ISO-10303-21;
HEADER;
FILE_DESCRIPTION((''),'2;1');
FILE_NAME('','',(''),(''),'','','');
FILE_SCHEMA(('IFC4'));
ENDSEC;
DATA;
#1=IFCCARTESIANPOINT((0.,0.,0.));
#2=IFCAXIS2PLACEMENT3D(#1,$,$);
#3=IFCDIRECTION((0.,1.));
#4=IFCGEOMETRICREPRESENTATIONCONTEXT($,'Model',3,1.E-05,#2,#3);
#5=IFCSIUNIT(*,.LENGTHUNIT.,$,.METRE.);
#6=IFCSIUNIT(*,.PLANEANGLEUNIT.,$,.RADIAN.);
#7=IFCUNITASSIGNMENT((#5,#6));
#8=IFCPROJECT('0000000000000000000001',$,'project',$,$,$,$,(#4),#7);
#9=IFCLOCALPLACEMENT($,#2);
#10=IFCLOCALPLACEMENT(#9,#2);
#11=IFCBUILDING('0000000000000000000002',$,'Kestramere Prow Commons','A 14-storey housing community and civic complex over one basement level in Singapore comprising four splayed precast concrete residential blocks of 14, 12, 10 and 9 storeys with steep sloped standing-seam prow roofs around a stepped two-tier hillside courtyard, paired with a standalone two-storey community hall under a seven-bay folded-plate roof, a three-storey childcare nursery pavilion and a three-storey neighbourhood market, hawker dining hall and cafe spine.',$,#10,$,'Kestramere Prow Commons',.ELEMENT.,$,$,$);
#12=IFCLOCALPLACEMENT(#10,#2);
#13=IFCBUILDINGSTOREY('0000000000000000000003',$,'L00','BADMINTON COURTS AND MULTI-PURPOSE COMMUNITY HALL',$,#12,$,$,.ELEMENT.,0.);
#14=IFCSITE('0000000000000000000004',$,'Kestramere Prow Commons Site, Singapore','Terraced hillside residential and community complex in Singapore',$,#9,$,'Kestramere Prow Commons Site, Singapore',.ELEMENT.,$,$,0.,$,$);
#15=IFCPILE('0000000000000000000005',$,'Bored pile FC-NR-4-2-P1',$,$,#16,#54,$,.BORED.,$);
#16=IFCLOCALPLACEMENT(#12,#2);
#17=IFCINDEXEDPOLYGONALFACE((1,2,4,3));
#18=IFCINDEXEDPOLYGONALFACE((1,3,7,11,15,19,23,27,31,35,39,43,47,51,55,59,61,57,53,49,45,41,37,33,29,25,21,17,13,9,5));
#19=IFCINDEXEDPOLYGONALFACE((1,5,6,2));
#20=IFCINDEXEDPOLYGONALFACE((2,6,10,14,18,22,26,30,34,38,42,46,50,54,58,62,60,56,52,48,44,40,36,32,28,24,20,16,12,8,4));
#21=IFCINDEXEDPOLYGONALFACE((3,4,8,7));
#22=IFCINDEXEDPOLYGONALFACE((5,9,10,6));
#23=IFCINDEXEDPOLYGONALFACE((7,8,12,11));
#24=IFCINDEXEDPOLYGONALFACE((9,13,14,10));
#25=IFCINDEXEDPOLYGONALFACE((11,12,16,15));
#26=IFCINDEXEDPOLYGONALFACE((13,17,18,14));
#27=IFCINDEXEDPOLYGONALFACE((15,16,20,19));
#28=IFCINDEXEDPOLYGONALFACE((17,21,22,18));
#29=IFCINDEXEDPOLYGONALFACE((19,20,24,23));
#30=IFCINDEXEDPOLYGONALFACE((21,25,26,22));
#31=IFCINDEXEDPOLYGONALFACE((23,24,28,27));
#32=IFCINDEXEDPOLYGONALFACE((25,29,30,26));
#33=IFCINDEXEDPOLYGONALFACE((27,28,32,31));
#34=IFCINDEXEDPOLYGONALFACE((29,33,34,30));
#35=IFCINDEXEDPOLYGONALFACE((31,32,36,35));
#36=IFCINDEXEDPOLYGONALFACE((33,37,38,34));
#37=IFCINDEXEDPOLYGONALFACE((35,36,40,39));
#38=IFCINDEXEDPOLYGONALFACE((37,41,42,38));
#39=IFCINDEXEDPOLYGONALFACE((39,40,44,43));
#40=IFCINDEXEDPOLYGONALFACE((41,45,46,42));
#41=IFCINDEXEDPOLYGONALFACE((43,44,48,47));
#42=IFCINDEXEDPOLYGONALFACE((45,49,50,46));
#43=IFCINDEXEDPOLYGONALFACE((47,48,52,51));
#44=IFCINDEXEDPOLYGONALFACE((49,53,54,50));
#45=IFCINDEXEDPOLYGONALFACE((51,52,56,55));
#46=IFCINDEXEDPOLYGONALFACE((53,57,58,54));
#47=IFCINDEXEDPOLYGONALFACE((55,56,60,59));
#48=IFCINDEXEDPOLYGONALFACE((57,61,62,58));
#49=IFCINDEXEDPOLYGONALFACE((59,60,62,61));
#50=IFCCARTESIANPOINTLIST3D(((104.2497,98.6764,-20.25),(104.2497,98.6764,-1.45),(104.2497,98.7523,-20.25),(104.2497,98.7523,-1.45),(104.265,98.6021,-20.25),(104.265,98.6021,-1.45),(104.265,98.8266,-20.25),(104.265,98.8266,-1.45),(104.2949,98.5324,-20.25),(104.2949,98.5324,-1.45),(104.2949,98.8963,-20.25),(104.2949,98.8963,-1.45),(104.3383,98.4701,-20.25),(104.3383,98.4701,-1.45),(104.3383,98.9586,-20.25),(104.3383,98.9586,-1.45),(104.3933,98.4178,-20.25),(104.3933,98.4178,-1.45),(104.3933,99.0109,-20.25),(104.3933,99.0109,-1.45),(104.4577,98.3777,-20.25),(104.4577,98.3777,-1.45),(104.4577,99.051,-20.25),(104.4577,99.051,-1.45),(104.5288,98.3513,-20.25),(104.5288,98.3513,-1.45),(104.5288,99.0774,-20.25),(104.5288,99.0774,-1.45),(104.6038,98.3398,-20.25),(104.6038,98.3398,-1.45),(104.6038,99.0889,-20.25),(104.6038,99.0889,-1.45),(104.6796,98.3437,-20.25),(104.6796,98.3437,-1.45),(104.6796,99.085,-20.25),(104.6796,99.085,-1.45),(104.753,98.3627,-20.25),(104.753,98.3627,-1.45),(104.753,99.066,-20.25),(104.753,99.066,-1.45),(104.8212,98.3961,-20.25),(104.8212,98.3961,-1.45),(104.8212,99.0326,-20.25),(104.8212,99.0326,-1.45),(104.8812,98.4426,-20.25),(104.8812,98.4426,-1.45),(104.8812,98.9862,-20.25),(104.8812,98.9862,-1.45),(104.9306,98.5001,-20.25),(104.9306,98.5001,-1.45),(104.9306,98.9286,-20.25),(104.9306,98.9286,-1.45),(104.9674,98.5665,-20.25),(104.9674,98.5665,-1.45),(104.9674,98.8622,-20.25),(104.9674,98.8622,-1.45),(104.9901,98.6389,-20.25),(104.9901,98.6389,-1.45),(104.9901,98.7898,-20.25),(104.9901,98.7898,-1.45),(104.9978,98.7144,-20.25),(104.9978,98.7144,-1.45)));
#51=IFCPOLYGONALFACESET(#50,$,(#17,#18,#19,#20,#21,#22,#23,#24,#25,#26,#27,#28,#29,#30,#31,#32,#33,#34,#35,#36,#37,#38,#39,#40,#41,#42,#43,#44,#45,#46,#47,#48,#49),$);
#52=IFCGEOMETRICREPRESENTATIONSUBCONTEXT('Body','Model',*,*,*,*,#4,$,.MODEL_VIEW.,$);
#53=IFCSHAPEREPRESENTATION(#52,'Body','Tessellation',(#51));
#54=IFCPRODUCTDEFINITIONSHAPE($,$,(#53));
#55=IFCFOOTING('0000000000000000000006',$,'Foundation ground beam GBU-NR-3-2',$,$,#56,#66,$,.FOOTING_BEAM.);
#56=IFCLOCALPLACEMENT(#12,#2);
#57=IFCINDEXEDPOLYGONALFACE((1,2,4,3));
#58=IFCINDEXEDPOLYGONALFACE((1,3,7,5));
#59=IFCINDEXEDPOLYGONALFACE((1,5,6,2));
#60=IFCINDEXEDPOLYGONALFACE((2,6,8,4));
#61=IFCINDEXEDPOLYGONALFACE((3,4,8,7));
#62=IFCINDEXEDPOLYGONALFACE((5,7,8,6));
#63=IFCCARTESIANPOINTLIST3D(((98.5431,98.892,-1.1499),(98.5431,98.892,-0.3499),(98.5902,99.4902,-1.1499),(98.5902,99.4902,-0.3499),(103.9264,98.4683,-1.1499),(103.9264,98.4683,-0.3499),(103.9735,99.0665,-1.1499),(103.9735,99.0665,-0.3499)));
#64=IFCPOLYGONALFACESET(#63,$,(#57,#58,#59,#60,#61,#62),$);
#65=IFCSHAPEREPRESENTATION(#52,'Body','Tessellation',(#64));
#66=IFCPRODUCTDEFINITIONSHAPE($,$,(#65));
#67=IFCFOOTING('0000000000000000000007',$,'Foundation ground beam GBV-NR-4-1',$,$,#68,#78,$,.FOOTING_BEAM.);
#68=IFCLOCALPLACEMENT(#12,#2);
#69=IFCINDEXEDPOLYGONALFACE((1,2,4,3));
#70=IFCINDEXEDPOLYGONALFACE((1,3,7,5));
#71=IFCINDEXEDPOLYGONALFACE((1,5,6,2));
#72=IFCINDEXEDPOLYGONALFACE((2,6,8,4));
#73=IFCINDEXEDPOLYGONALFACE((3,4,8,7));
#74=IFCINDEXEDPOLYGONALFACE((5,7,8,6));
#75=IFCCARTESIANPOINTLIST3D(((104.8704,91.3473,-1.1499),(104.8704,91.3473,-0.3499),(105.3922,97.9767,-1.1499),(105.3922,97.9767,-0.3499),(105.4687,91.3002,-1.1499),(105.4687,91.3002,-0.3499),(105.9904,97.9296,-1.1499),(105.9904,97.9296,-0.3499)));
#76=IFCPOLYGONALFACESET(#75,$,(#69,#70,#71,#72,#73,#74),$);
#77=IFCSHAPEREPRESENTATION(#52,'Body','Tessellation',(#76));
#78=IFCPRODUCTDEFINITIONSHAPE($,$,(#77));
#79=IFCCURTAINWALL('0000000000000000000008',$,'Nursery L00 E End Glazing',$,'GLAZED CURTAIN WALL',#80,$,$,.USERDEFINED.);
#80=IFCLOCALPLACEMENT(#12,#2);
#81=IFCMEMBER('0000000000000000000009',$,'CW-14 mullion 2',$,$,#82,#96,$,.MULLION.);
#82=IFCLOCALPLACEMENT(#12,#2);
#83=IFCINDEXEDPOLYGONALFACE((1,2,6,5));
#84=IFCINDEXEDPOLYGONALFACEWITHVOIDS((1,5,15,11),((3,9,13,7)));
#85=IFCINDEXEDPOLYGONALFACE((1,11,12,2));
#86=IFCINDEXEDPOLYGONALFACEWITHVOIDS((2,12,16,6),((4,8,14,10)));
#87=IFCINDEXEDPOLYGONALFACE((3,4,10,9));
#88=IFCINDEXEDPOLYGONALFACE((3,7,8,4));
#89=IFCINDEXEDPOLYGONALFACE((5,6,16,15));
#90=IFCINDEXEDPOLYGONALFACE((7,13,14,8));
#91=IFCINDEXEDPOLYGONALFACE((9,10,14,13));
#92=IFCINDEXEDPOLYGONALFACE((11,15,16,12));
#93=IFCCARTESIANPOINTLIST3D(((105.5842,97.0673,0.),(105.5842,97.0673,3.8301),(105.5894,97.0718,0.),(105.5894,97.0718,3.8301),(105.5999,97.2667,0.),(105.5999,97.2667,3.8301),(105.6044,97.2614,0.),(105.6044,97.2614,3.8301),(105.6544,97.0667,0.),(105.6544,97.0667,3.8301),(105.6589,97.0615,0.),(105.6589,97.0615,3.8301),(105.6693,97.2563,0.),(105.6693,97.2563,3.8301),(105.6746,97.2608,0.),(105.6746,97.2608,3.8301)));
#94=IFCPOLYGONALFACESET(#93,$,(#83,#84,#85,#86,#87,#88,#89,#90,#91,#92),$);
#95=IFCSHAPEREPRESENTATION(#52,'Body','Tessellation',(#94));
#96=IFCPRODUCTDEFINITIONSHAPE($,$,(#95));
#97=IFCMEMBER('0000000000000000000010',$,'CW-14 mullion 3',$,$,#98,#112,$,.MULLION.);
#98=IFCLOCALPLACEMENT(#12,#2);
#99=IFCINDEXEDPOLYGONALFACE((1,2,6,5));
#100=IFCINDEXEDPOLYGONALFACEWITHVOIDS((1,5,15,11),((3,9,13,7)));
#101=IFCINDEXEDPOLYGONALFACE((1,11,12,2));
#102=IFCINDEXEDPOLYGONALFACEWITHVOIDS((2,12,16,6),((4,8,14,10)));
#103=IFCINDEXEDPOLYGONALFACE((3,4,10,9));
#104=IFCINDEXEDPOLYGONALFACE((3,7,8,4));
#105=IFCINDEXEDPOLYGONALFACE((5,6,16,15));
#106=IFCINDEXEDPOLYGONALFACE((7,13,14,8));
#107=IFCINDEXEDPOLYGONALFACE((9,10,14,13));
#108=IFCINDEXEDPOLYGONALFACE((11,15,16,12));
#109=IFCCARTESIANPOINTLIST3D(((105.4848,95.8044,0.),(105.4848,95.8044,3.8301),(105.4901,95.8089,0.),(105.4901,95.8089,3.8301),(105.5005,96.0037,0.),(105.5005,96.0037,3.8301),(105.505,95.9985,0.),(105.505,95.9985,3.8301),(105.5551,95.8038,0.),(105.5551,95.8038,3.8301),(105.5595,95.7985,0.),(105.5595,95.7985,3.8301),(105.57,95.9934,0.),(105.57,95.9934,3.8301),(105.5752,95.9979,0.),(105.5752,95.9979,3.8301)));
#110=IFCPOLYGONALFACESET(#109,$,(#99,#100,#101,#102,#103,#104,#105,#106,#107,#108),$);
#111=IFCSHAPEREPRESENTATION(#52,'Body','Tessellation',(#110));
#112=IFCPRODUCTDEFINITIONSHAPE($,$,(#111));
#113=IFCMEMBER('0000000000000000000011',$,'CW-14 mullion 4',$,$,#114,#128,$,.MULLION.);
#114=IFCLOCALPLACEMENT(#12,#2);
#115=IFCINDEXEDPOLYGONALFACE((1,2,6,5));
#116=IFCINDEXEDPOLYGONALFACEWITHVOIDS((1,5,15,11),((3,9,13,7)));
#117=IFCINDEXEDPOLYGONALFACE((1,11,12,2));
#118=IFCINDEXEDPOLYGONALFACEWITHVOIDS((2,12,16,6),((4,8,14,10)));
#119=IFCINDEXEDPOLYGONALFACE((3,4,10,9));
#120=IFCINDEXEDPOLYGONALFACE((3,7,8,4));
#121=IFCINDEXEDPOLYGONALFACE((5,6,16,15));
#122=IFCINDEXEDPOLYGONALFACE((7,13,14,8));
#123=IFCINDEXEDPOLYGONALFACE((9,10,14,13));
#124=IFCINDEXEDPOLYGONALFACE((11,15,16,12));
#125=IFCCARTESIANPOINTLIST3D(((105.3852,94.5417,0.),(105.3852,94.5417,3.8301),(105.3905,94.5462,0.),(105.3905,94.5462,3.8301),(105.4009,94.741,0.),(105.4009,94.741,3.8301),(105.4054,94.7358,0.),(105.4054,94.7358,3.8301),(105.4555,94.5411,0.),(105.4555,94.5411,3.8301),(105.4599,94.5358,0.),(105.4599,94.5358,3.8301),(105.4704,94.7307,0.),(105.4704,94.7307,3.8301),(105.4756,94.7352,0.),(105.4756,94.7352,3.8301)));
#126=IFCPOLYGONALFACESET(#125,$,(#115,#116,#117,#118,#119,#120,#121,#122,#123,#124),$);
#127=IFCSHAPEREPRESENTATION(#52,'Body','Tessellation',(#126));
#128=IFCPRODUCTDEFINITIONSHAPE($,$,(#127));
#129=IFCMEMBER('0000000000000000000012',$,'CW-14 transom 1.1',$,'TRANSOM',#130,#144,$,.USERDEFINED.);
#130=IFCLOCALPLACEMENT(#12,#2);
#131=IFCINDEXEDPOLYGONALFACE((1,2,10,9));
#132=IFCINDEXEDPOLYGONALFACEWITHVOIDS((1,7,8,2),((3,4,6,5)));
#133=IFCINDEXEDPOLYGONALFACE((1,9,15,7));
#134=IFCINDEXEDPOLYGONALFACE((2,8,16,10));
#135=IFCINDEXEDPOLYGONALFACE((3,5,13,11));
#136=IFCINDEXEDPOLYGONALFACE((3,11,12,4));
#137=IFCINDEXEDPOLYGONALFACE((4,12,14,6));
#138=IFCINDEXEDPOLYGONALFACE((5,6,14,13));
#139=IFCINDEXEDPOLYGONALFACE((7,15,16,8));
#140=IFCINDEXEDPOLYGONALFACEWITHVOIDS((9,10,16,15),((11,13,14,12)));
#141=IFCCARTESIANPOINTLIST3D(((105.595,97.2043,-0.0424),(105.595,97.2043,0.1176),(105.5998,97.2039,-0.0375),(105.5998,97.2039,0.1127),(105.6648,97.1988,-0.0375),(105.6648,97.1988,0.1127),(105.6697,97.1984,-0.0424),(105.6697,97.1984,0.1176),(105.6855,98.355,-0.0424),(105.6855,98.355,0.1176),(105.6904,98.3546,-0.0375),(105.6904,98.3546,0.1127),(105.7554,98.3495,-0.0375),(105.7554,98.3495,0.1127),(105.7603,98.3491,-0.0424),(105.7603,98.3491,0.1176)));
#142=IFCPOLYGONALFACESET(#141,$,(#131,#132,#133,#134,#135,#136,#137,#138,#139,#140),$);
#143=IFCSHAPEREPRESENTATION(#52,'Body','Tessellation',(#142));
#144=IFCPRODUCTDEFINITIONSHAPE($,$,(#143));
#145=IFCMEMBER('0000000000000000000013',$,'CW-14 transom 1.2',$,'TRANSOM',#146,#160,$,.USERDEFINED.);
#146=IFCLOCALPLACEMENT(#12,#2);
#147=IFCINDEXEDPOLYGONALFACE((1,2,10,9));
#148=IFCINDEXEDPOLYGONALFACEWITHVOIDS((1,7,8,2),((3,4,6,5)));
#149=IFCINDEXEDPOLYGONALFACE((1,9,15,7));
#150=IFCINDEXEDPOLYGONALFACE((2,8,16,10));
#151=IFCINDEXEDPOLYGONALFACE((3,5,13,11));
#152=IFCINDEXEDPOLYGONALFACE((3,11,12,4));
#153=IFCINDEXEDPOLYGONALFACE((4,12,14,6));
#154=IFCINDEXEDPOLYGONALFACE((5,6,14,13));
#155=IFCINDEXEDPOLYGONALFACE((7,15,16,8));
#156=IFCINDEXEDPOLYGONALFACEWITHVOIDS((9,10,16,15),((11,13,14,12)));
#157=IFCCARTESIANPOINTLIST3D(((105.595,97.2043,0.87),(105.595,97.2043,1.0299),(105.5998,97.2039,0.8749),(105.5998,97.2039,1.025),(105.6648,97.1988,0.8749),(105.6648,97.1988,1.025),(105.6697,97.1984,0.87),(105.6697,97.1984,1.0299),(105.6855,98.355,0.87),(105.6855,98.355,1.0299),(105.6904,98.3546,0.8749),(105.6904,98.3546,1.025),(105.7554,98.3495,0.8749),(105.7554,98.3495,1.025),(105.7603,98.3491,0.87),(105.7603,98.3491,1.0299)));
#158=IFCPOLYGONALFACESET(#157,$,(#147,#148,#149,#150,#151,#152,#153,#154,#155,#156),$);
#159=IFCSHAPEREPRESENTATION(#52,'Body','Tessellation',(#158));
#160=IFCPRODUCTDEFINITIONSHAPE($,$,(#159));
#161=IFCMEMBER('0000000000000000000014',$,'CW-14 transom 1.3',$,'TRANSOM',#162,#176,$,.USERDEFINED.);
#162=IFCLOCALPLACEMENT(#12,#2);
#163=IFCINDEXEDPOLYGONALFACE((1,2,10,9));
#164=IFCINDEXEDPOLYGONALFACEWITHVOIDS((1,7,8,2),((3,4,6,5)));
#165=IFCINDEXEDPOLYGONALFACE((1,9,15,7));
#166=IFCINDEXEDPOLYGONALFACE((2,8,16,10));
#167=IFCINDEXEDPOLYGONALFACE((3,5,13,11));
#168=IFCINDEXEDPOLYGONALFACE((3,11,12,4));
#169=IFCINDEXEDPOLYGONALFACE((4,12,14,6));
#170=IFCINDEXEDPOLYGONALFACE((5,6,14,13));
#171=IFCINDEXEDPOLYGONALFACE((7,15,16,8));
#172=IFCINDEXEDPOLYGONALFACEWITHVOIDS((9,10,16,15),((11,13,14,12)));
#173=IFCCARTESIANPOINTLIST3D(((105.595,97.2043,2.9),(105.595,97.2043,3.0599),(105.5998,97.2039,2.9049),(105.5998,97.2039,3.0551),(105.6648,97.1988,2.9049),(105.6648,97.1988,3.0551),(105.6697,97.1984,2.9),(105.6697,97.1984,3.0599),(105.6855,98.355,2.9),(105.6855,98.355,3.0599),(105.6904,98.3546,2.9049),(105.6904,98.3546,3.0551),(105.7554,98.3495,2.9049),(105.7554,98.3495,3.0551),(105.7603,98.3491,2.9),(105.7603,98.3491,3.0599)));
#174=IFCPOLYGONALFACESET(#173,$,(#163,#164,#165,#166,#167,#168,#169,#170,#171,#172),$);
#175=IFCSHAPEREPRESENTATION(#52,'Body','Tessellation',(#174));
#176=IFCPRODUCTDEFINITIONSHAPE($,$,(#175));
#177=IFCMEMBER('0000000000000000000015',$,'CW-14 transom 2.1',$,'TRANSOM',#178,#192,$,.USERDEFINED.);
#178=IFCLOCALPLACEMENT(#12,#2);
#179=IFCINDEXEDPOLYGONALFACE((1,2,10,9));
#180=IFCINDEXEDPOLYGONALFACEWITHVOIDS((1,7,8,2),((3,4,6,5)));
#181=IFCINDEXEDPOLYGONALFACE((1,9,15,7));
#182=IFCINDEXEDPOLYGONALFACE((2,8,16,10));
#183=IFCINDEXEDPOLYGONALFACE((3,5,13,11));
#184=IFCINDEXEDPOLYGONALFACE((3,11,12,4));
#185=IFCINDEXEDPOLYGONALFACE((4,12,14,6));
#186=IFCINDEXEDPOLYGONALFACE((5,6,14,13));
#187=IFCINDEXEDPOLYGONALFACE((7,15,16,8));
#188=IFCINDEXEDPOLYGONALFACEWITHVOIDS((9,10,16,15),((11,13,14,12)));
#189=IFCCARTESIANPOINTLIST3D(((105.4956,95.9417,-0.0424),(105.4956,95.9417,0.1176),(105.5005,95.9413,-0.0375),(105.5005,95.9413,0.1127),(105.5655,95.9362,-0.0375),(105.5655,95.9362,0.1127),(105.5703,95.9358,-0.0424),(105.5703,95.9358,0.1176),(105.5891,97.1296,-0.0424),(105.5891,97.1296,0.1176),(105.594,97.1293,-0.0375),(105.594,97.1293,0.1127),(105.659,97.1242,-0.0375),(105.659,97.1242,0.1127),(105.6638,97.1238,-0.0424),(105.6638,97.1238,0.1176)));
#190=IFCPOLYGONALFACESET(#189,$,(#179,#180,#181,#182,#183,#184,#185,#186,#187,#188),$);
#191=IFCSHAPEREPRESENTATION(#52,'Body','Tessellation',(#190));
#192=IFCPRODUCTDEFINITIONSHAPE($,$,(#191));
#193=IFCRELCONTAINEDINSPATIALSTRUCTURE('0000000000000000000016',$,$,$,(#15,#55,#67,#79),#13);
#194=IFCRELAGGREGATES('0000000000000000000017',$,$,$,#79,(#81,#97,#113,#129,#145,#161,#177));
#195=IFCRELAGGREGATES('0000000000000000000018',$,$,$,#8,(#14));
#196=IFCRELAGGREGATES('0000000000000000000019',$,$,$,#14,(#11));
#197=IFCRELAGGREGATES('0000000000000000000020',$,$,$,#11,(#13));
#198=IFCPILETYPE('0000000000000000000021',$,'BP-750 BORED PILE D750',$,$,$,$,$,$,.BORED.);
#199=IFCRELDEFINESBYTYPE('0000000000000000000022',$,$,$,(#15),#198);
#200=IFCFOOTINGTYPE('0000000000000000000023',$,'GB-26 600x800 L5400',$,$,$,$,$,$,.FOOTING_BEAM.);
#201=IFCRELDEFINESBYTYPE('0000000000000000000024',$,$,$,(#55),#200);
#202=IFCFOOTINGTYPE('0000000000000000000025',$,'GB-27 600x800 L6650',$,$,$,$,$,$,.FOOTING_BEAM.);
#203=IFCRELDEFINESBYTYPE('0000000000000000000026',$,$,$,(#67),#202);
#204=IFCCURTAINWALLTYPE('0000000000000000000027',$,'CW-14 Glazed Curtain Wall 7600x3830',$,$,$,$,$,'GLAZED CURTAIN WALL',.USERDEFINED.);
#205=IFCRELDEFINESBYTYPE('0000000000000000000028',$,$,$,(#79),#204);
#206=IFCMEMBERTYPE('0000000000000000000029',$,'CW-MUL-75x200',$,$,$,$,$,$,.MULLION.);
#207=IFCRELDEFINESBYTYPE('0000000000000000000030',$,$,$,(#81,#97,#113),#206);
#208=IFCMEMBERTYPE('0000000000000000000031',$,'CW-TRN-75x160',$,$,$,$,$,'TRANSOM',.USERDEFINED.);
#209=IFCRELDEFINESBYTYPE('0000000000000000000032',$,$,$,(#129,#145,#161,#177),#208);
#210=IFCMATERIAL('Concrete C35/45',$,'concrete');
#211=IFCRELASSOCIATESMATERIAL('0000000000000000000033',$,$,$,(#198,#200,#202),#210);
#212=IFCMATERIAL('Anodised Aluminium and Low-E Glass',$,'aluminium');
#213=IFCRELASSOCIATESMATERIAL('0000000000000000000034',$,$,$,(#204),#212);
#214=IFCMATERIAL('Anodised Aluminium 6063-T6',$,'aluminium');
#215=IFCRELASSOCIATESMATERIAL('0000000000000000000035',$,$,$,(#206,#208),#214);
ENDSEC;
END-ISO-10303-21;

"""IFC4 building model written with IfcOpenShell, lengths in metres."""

from ifc_helpers import new_model, si_unit, direction, frame, origin, origin_2d, place, context, subcontext, project, spatial, rectangle, hollow_rectangle, circle, extrude, material, material_profile, profile_set, type_object, element, aggregate, save


model = new_model("IFC4")

# Units and contexts
model_context = context("Model", 3, precision=1e-05, world=origin(), true_north=direction((0.0, 1.0)))
body_context = subcontext(model_context, "Body", "Model", "MODEL_VIEW")
ifc_project = project(units=[si_unit("LENGTHUNIT", "METRE"), si_unit("PLANEANGLEUNIT", "RADIAN")], contexts=[model_context])

# Site, building, storey
site_placement = place(None, origin())
site = spatial("IfcSite", under=ifc_project, at=site_placement, Name="Kestramere Prow Commons Site, Singapore", Description="Terraced hillside residential and community complex in Singapore", LongName="Kestramere Prow Commons Site, Singapore", CompositionType="ELEMENT", RefElevation=0.0)
building_placement = place(site_placement, origin())
building = spatial("IfcBuilding", under=site, at=building_placement, Name="Kestramere Prow Commons", Description="A 14-storey housing community and civic complex over one basement level in Singapore comprising four splayed precast concrete residential blocks of 14, 12, 10 and 9 storeys with steep sloped standing-seam prow roofs around a stepped two-tier hillside courtyard, paired with a standalone two-storey community hall under a seven-bay folded-plate roof, a three-storey childcare nursery pavilion and a three-storey neighbourhood market, hawker dining hall and cafe spine.", LongName="Kestramere Prow Commons", CompositionType="ELEMENT")
storey_placement = place(building_placement, origin())
storey = spatial("IfcBuildingStorey", under=building, at=storey_placement, Name="L00", Description="BADMINTON COURTS AND MULTI-PURPOSE COMMUNITY HALL", CompositionType="ELEMENT", Elevation=0.0)

# Pile
ifc_material_1 = material(Name="Concrete C35/45", Category="concrete")
ifc_material_profile_1 = material_profile(ifc_material_1, circle(Radius=0.375, at=origin_2d()), Name="BORED PILE D750")
ifc_profile_set_1 = profile_set([ifc_material_profile_1], Name="Concrete C35/45")
pile_type = type_object("IfcPileType", Name="BP-750 BORED PILE D750", PredefinedType="BORED", material=ifc_profile_set_1)
pile_placement = place(storey_placement, frame((104.6228, 98.7144, -1.45), z_axis=(0.0, 0.0, -1.0), x_axis=(1.0, 0.0, 0.0)))
element("IfcPile", 1, at=pile_placement, inside=storey, type_object=pile_type, Name="Bored pile FC-NR-4-2-P1", PredefinedType="BORED", context=body_context, shape_type="SweptSolid", body=[
    extrude(circle(Radius=0.375, at=origin_2d()), origin(), (0.0, 0.0, 1.0), 18.8),
])

# Footings
footing_type_1 = type_object("IfcFootingType", Name="GB-26 600x800 L5400", PredefinedType="FOOTING_BEAM", material=ifc_material_1)
footing_1_placement = place(storey_placement, frame((101.2583, 98.9792, -1.1499), z_axis=(0.0, 0.0, 1.0), x_axis=(0.996917, -0.078459, 0.0)))
element("IfcFooting", 2, at=footing_1_placement, inside=storey, type_object=footing_type_1, Name="Foundation ground beam GBU-NR-3-2", PredefinedType="FOOTING_BEAM", context=body_context, shape_type="SweptSolid", body=[
    extrude(rectangle(XDim=5.3999, YDim=0.6001, at=origin_2d()), origin(), (0.0, 0.0, 1.0), 0.8),
])
footing_type_2 = type_object("IfcFootingType", Name="GB-27 600x800 L6650", PredefinedType="FOOTING_BEAM", material=ifc_material_1)
footing_2_placement = place(storey_placement, frame((105.4304, 94.6384, -1.1499), z_axis=(0.0, 0.0, 1.0), x_axis=(0.078459, 0.996917, 0.0)))
element("IfcFooting", 3, at=footing_2_placement, inside=storey, type_object=footing_type_2, Name="Foundation ground beam GBV-NR-4-1", PredefinedType="FOOTING_BEAM", context=body_context, shape_type="SweptSolid", body=[
    extrude(rectangle(XDim=6.6499, YDim=0.6001, at=origin_2d()), origin(), (0.0, 0.0, 1.0), 0.8),
])

# Curtain wall, members
ifc_material_2 = material(Name="Anodised Aluminium and Low-E Glass", Category="aluminium")
curtain_wall_type = type_object("IfcCurtainWallType", Name="CW-14 Glazed Curtain Wall 7600x3830", ElementType="GLAZED CURTAIN WALL", PredefinedType="USERDEFINED", material=ifc_material_2)
curtain_wall_placement = place(storey_placement, origin())
curtain_wall = element("IfcCurtainWall", 4, at=curtain_wall_placement, inside=storey, type_object=curtain_wall_type, Name="Nursery L00 E End Glazing", ObjectType="GLAZED CURTAIN WALL", PredefinedType="USERDEFINED")
ifc_material_3 = material(Name="Anodised Aluminium 6063-T6", Category="aluminium")
ifc_material_profile_2 = material_profile(ifc_material_3, hollow_rectangle(XDim=0.075, YDim=0.2, WallThickness=0.0049, at=origin_2d()), Name="ALU-MUL 75x200")
ifc_profile_set_2 = profile_set([ifc_material_profile_2], Name="Anodised Aluminium 6063-T6")
member_type_1 = type_object("IfcMemberType", Name="CW-MUL-75x200", PredefinedType="MULLION", material=ifc_profile_set_2)
member_1_placement = place(storey_placement, frame((105.6294, 97.1641, 0.0), z_axis=(0.0, 0.0, 1.0), x_axis=(0.996917, -0.078459, 0.0)))
member_1 = element("IfcMember", 5, at=member_1_placement, type_object=member_type_1, Name="CW-14 mullion 2", PredefinedType="MULLION", context=body_context, shape_type="SweptSolid", body=[
    extrude(hollow_rectangle(XDim=0.075, YDim=0.2, WallThickness=0.0049, at=origin_2d()), origin(), (0.0, 0.0, 1.0), 3.8301),
])
member_2_placement = place(storey_placement, frame((105.53, 95.9011, 0.0), z_axis=(0.0, 0.0, 1.0), x_axis=(0.996917, -0.078459, 0.0)))
member_2 = element("IfcMember", 6, at=member_2_placement, type_object=member_type_1, Name="CW-14 mullion 3", PredefinedType="MULLION", context=body_context, shape_type="SweptSolid", body=[
    extrude(hollow_rectangle(XDim=0.075, YDim=0.2, WallThickness=0.0049, at=origin_2d()), origin(), (0.0, 0.0, 1.0), 3.8301),
])
member_3_placement = place(storey_placement, frame((105.4304, 94.6384, 0.0), z_axis=(0.0, 0.0, 1.0), x_axis=(0.996917, -0.078459, 0.0)))
member_3 = element("IfcMember", 7, at=member_3_placement, type_object=member_type_1, Name="CW-14 mullion 4", PredefinedType="MULLION", context=body_context, shape_type="SweptSolid", body=[
    extrude(hollow_rectangle(XDim=0.075, YDim=0.2, WallThickness=0.0049, at=origin_2d()), origin(), (0.0, 0.0, 1.0), 3.8301),
])
ifc_material_profile_3 = material_profile(ifc_material_3, hollow_rectangle(XDim=0.075, YDim=0.1599, WallThickness=0.0049, at=origin_2d()), Name="ALU-TRN 75x160")
ifc_profile_set_3 = profile_set([ifc_material_profile_3], Name="Anodised Aluminium 6063-T6")
member_type_2 = type_object("IfcMemberType", Name="CW-TRN-75x160", ElementType="TRANSOM", PredefinedType="USERDEFINED", material=ifc_profile_set_3)
member_4_placement = place(storey_placement, frame((105.7229, 98.3521, 0.0376), z_axis=(-0.078476, -0.996916, 0.0), x_axis=(0.996916, -0.078476, 0.0)))
member_4 = element("IfcMember", 8, at=member_4_placement, type_object=member_type_2, Name="CW-14 transom 1.1", ObjectType="TRANSOM", PredefinedType="USERDEFINED", context=body_context, shape_type="SweptSolid", body=[
    extrude(hollow_rectangle(XDim=0.075, YDim=0.1599, WallThickness=0.0049, at=origin_2d()), origin(), (0.0, 0.0, 1.0), 1.1543),
])
member_5_placement = place(storey_placement, frame((105.7229, 98.3521, 0.95), z_axis=(-0.078476, -0.996916, 0.0), x_axis=(0.996916, -0.078476, 0.0)))
member_5 = element("IfcMember", 9, at=member_5_placement, type_object=member_type_2, Name="CW-14 transom 1.2", ObjectType="TRANSOM", PredefinedType="USERDEFINED", context=body_context, shape_type="SweptSolid", body=[
    extrude(hollow_rectangle(XDim=0.075, YDim=0.1599, WallThickness=0.0049, at=origin_2d()), origin(), (0.0, 0.0, 1.0), 1.1543),
])
member_6_placement = place(storey_placement, frame((105.7229, 98.3521, 2.98), z_axis=(-0.078476, -0.996916, 0.0), x_axis=(0.996916, -0.078476, 0.0)))
member_6 = element("IfcMember", 10, at=member_6_placement, type_object=member_type_2, Name="CW-14 transom 1.3", ObjectType="TRANSOM", PredefinedType="USERDEFINED", context=body_context, shape_type="SweptSolid", body=[
    extrude(hollow_rectangle(XDim=0.075, YDim=0.1599, WallThickness=0.0049, at=origin_2d()), origin(), (0.0, 0.0, 1.0), 1.1543),
])
member_7_placement = place(storey_placement, frame((105.6265, 97.1267, 0.0376), z_axis=(-0.078467, -0.996917, 0.0), x_axis=(0.996917, -0.078467, 0.0)))
member_7 = element("IfcMember", 11, at=member_7_placement, type_object=member_type_2, Name="CW-14 transom 2.1", ObjectType="TRANSOM", PredefinedType="USERDEFINED", context=body_context, shape_type="SweptSolid", body=[
    extrude(hollow_rectangle(XDim=0.075, YDim=0.1599, WallThickness=0.0049, at=origin_2d()), origin(), (0.0, 0.0, 1.0), 1.1917),
])
aggregate(curtain_wall, [member_1, member_2, member_3, member_4, member_5, member_6, member_7])

save(model, "model.ifc")
